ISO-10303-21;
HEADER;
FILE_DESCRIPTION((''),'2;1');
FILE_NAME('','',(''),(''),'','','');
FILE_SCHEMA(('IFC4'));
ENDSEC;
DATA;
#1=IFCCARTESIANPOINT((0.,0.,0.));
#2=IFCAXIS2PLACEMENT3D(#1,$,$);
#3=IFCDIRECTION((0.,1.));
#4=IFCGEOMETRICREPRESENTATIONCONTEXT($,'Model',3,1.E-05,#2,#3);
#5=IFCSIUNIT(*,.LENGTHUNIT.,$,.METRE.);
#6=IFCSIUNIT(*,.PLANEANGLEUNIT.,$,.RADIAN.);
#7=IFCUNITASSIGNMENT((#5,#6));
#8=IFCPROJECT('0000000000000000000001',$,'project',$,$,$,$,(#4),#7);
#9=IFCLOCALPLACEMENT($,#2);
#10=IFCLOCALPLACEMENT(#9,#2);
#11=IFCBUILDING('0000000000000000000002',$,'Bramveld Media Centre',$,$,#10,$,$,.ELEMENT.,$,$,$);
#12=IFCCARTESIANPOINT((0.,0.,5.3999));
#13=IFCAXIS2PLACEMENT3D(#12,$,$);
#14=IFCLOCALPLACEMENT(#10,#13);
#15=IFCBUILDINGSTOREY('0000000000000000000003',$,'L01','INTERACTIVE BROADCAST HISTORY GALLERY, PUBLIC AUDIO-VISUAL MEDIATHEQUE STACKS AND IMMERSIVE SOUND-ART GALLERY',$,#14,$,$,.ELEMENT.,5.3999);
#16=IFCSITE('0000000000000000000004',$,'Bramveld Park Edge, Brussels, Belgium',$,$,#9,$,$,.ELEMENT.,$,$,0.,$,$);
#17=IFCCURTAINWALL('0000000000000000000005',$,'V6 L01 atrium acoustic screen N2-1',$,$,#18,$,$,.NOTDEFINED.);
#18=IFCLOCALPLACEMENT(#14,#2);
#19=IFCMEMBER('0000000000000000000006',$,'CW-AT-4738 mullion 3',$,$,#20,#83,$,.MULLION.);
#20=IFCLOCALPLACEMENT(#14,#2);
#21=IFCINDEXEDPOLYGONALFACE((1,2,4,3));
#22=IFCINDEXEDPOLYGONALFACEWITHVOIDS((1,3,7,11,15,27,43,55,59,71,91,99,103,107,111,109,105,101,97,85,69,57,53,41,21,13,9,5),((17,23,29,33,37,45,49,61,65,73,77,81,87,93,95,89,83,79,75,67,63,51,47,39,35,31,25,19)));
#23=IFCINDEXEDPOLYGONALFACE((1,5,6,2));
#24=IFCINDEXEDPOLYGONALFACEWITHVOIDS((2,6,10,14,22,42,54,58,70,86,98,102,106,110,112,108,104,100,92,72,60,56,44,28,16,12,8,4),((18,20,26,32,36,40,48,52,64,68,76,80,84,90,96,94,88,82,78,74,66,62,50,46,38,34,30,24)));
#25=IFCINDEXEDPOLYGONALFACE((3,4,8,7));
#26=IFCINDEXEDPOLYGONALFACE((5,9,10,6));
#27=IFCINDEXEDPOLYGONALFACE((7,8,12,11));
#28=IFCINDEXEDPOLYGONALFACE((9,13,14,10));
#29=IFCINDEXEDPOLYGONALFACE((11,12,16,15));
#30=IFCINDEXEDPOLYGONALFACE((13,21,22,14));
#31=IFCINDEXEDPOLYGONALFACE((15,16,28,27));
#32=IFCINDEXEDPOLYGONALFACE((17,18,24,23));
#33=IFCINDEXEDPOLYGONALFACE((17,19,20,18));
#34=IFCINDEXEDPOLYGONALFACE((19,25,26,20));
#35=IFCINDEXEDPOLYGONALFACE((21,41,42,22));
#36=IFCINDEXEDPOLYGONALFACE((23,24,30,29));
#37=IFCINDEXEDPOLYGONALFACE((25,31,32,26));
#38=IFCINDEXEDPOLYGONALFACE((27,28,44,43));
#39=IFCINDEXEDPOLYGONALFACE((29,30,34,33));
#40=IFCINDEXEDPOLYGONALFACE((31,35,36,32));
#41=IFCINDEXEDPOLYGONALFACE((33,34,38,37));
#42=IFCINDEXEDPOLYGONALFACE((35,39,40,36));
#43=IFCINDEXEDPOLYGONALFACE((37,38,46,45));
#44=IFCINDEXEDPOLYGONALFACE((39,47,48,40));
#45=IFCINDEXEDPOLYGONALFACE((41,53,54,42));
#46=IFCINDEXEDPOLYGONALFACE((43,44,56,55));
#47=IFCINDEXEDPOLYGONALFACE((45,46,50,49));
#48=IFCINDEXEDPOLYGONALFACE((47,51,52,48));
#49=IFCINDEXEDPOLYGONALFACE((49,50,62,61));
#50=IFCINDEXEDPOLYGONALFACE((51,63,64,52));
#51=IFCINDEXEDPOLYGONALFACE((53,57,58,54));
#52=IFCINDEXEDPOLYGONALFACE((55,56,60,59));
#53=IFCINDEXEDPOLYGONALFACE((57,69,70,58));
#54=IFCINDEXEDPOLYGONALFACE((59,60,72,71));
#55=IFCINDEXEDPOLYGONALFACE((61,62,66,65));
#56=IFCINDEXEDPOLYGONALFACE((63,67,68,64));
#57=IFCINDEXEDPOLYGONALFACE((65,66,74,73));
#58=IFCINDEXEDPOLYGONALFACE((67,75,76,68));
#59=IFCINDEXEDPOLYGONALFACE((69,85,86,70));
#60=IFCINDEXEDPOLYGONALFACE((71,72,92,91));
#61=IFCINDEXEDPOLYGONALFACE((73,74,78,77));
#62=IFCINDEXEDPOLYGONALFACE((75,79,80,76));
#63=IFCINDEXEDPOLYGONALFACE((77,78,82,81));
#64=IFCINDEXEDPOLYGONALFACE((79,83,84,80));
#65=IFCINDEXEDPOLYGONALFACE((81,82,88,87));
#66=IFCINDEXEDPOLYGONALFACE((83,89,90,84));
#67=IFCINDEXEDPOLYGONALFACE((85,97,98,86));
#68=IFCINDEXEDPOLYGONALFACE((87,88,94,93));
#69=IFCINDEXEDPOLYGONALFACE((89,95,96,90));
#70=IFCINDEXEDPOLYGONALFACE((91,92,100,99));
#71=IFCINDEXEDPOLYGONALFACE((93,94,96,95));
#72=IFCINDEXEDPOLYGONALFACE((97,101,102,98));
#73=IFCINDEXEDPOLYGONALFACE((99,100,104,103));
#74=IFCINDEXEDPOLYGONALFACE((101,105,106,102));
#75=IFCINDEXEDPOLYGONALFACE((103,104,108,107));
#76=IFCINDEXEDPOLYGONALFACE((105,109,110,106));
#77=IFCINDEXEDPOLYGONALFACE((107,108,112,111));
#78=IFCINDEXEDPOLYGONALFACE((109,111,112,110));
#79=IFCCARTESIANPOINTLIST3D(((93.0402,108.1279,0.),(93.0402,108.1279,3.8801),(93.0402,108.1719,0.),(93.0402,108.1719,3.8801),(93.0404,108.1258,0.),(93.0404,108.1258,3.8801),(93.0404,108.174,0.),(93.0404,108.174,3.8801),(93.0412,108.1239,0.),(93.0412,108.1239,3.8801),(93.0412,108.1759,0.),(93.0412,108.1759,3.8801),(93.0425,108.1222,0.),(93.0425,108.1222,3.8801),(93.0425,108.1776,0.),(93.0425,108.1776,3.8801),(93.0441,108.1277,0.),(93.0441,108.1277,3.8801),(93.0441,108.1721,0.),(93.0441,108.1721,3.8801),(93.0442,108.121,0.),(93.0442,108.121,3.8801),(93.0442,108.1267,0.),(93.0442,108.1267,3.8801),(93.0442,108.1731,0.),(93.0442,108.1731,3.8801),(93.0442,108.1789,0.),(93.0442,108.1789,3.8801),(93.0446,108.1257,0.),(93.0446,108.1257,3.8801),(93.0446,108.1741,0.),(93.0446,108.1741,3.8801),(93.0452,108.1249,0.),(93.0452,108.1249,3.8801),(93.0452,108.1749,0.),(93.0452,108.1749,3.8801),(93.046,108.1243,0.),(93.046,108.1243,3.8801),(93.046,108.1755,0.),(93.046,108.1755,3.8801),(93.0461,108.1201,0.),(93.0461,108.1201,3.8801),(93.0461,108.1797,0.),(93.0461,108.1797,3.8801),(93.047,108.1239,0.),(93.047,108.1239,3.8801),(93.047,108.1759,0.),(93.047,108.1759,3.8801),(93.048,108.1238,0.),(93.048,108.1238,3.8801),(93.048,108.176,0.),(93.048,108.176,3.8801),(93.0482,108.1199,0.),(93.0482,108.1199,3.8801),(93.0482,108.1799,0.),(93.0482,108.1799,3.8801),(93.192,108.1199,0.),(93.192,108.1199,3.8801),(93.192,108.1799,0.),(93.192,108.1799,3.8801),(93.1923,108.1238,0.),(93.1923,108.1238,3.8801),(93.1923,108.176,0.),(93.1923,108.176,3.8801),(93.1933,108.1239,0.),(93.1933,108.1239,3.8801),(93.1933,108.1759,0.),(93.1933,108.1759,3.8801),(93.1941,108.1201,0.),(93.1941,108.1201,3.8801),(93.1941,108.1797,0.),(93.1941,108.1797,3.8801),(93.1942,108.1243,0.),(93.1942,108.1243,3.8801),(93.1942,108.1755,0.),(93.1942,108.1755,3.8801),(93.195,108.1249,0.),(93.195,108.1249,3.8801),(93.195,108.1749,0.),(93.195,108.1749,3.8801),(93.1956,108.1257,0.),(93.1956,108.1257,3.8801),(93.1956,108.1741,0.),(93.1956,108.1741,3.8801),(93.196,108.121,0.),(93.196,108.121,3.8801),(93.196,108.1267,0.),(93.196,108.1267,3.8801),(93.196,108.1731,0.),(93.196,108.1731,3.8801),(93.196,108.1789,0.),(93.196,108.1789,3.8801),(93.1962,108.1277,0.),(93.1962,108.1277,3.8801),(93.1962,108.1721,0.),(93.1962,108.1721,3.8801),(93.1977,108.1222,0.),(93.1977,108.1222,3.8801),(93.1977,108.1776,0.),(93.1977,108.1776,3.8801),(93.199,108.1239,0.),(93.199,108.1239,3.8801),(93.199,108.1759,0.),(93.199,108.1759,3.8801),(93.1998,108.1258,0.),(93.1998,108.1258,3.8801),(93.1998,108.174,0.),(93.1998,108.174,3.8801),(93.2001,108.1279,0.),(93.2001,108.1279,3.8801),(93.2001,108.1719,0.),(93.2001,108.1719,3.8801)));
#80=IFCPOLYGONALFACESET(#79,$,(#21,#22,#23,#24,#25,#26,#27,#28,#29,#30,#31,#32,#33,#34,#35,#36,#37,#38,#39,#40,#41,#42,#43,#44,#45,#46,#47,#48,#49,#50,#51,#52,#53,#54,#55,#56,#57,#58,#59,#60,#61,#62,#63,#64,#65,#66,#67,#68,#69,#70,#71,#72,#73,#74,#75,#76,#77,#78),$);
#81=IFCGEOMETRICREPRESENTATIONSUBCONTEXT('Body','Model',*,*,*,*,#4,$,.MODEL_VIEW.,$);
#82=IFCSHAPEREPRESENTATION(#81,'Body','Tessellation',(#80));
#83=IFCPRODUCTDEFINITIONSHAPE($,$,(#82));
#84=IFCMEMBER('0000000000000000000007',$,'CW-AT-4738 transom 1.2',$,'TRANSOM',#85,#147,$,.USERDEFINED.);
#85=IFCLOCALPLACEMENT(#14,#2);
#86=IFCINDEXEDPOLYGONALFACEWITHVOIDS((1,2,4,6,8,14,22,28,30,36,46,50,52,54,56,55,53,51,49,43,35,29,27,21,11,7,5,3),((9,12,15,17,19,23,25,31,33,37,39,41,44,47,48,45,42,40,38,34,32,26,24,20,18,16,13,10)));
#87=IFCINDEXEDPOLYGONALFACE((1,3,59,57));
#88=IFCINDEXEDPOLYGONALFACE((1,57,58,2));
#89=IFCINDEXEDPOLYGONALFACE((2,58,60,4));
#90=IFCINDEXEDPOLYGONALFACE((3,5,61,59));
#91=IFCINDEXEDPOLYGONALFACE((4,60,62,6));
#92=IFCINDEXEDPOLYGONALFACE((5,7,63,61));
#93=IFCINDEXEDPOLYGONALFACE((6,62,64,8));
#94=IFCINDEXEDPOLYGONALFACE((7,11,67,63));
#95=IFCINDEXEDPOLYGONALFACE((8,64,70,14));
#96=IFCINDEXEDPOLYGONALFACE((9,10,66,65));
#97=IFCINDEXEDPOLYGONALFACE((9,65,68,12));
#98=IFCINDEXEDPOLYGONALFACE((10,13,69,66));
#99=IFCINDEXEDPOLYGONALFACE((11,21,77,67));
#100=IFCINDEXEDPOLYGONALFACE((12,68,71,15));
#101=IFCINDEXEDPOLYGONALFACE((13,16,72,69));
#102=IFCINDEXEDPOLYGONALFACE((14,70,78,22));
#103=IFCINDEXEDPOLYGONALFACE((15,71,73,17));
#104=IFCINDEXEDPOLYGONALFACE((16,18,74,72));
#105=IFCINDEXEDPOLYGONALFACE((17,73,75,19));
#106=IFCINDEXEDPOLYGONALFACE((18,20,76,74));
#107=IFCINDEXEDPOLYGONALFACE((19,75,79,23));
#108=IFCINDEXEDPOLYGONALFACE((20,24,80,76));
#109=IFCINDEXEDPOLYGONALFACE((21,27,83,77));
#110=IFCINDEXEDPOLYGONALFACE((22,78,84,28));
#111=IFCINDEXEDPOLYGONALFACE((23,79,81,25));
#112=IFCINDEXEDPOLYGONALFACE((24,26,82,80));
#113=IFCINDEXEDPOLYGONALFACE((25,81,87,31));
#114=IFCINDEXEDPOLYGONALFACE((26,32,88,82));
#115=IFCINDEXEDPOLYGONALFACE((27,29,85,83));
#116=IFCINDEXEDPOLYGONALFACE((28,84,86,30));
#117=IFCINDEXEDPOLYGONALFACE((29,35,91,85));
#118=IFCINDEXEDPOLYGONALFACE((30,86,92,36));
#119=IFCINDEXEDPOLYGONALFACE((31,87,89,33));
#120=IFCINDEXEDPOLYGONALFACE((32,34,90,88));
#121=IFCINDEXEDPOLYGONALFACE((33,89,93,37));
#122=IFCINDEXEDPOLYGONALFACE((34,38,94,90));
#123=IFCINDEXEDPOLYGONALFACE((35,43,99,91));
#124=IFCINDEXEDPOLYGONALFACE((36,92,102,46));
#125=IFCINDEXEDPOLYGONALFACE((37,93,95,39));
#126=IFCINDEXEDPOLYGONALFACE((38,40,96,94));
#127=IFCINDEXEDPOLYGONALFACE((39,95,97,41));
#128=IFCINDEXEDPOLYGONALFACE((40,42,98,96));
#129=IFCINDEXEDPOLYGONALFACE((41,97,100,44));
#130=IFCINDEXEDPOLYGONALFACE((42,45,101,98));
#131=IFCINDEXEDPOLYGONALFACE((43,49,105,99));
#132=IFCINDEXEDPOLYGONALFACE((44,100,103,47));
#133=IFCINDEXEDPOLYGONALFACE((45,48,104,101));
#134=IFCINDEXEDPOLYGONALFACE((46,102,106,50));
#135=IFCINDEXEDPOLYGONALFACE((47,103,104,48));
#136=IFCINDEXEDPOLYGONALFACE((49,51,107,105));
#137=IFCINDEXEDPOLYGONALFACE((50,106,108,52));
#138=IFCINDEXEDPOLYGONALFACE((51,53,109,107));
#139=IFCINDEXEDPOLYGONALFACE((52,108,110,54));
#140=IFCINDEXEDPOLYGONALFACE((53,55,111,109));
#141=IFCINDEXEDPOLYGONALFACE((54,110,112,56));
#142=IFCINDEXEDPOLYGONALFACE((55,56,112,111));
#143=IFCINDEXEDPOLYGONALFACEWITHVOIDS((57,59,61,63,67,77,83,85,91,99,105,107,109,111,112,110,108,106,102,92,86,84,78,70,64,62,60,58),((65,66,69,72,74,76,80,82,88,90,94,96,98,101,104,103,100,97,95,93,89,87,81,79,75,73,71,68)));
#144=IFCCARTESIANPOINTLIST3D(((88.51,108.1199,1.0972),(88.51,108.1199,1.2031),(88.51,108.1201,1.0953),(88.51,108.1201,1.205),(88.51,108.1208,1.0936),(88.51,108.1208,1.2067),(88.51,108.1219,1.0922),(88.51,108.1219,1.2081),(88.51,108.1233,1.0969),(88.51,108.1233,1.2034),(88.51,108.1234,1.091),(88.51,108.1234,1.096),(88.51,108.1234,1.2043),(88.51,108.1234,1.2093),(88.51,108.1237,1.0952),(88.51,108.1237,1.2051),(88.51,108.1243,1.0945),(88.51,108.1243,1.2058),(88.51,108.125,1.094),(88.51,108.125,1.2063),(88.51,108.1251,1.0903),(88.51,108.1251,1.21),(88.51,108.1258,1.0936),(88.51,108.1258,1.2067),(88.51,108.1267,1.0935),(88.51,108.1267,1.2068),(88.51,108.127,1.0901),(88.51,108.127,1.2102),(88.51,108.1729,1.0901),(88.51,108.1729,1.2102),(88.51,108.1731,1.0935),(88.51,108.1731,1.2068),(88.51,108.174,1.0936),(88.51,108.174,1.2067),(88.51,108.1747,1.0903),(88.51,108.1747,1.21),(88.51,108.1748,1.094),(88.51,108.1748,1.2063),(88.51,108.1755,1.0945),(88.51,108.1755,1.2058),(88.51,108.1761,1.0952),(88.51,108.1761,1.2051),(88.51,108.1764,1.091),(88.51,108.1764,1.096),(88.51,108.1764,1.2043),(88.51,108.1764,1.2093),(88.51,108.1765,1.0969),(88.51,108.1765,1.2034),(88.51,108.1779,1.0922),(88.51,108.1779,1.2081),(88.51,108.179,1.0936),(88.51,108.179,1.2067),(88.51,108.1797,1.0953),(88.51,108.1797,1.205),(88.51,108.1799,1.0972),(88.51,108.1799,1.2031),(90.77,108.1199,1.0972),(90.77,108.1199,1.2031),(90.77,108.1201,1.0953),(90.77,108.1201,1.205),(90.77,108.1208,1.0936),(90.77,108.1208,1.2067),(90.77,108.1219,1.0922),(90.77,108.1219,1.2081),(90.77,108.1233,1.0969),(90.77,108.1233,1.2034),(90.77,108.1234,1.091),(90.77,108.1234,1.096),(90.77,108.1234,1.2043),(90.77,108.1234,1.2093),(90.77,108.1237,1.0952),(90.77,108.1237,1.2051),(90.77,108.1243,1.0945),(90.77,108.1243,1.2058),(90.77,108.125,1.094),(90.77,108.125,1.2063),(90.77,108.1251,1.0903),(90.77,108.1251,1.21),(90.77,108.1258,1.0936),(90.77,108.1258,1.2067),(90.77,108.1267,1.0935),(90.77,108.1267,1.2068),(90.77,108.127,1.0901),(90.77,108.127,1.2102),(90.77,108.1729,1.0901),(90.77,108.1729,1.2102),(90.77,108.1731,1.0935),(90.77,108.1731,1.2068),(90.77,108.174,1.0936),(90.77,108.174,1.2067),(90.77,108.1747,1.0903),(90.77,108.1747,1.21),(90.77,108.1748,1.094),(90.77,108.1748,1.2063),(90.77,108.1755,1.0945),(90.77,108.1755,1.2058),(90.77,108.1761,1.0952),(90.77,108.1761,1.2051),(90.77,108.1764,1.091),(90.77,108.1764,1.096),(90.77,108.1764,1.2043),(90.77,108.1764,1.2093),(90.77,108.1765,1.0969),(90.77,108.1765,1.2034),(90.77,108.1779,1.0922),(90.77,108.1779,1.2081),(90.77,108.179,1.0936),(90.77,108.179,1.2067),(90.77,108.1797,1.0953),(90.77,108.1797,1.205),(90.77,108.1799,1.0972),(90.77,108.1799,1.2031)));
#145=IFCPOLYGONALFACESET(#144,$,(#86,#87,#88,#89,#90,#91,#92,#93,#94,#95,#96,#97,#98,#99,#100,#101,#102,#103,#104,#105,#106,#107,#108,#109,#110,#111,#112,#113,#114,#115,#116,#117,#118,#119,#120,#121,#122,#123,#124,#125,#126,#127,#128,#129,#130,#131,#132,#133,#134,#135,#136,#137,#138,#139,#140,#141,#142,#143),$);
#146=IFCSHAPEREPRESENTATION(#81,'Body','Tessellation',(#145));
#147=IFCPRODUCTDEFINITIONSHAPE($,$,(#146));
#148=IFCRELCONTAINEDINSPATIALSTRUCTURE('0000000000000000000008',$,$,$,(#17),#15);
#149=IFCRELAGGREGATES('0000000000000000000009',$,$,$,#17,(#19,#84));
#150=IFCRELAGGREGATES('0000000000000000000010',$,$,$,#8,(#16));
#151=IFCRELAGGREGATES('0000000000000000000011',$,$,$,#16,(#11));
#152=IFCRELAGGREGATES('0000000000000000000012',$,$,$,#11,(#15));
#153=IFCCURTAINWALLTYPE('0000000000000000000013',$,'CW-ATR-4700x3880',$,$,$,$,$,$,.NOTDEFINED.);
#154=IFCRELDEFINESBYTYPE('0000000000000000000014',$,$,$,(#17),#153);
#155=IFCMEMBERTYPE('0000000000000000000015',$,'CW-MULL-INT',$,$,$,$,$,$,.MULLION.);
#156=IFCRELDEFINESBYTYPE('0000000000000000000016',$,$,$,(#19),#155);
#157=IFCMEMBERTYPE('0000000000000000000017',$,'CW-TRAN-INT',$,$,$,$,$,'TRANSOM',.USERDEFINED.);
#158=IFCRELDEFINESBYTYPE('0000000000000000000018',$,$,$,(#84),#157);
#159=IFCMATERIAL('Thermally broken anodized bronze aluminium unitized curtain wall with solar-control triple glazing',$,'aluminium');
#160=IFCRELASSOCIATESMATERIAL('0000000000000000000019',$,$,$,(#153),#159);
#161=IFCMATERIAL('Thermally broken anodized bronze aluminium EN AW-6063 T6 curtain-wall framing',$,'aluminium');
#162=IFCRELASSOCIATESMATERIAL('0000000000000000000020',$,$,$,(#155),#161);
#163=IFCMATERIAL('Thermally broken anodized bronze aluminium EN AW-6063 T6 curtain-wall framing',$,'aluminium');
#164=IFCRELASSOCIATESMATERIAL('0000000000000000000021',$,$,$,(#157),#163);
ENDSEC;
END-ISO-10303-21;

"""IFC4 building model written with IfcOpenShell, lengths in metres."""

from ifc_helpers import new_model, si_unit, direction, frame, origin, origin_2d, place, context, subcontext, project, spatial, hollow_rectangle, extrude, material, material_profile, profile_set, type_object, element, aggregate, save


model = new_model("IFC4")

# Units and contexts
model_context = context("Model", 3, precision=1e-05, world=origin(), true_north=direction((0.0, 1.0)))
body_context = subcontext(model_context, "Body", "Model", "MODEL_VIEW")
ifc_project = project(units=[si_unit("LENGTHUNIT", "METRE"), si_unit("PLANEANGLEUNIT", "RADIAN")], contexts=[model_context])

# Site, building, storey
site_placement = place(None, origin())
site = spatial("IfcSite", under=ifc_project, at=site_placement, Name="Bramveld Park Edge, Brussels, Belgium", CompositionType="ELEMENT", RefElevation=0.0)
building_placement = place(site_placement, origin())
building = spatial("IfcBuilding", under=site, at=building_placement, Name="Bramveld Media Centre", CompositionType="ELEMENT")
storey_placement = place(building_placement, frame((0.0, 0.0, 5.3999)))
storey = spatial("IfcBuildingStorey", under=building, at=storey_placement, Name="L01", Description="INTERACTIVE BROADCAST HISTORY GALLERY, PUBLIC AUDIO-VISUAL MEDIATHEQUE STACKS AND IMMERSIVE SOUND-ART GALLERY", CompositionType="ELEMENT", Elevation=5.3999)

# Curtain wall, members
ifc_material_1 = material(Name="Thermally broken anodized bronze aluminium unitized curtain wall with solar-control triple glazing", Category="aluminium")
curtain_wall_type = type_object("IfcCurtainWallType", Name="CW-ATR-4700x3880", PredefinedType="NOTDEFINED", material=ifc_material_1)
curtain_wall_placement = place(storey_placement, origin())
curtain_wall = element("IfcCurtainWall", 1, at=curtain_wall_placement, inside=storey, type_object=curtain_wall_type, Name="V6 L01 atrium acoustic screen N2-1", PredefinedType="NOTDEFINED")
ifc_material_2 = material(Name="Thermally broken anodized bronze aluminium EN AW-6063 T6 curtain-wall framing", Category="aluminium")
ifc_material_profile_1 = material_profile(ifc_material_2, hollow_rectangle(XDim=0.0601, YDim=0.1599, WallThickness=0.0039, InnerFilletRadius=0.0039, OuterFilletRadius=0.0081, at=origin_2d()), Name="AL-MULL 60x160")
ifc_profile_set_1 = profile_set([ifc_material_profile_1], Name="Thermally broken anodized bronze aluminium EN AW-6063 T6 curtain-wall framing")
member_type_1 = type_object("IfcMemberType", Name="CW-MULL-INT", PredefinedType="MULLION", material=ifc_profile_set_1)
member_1_placement = place(storey_placement, frame((93.1201, 108.1499, 0.0), z_axis=(0.0, 0.0, 1.0), x_axis=(0.0, 1.0, 0.0)))
member_1 = element("IfcMember", 2, at=member_1_placement, type_object=member_type_1, Name="CW-AT-4738 mullion 3", PredefinedType="MULLION", context=body_context, shape_type="SweptSolid", body=[
    extrude(hollow_rectangle(XDim=0.0601, YDim=0.1599, WallThickness=0.0039, InnerFilletRadius=0.0039, OuterFilletRadius=0.0081, at=origin_2d()), origin(), (0.0, 0.0, 1.0), 3.8801),
])
ifc_material_3 = material(Name="Thermally broken anodized bronze aluminium EN AW-6063 T6 curtain-wall framing", Category="aluminium")
ifc_material_profile_2 = material_profile(ifc_material_3, hollow_rectangle(XDim=0.0601, YDim=0.1201, WallThickness=0.0034, InnerFilletRadius=0.0034, OuterFilletRadius=0.0071, at=origin_2d()), Name="AL-TRAN 60x120")
ifc_profile_set_2 = profile_set([ifc_material_profile_2], Name="Thermally broken anodized bronze aluminium EN AW-6063 T6 curtain-wall framing")
member_type_2 = type_object("IfcMemberType", Name="CW-TRAN-INT", ElementType="TRANSOM", PredefinedType="USERDEFINED", material=ifc_profile_set_2)
member_2_placement = place(storey_placement, frame((88.51, 108.1499, 1.1501), z_axis=(1.0, 0.0, 0.0), x_axis=(0.0, 1.0, 0.0)))
member_2 = element("IfcMember", 3, at=member_2_placement, type_object=member_type_2, Name="CW-AT-4738 transom 1.2", ObjectType="TRANSOM", PredefinedType="USERDEFINED", context=body_context, shape_type="SweptSolid", body=[
    extrude(hollow_rectangle(XDim=0.0601, YDim=0.1201, WallThickness=0.0034, InnerFilletRadius=0.0034, OuterFilletRadius=0.0071, at=origin_2d()), origin(), (0.0, 0.0, 1.0), 2.26),
])

aggregate(curtain_wall, [member_1, member_2])

save(model, "model.ifc")
